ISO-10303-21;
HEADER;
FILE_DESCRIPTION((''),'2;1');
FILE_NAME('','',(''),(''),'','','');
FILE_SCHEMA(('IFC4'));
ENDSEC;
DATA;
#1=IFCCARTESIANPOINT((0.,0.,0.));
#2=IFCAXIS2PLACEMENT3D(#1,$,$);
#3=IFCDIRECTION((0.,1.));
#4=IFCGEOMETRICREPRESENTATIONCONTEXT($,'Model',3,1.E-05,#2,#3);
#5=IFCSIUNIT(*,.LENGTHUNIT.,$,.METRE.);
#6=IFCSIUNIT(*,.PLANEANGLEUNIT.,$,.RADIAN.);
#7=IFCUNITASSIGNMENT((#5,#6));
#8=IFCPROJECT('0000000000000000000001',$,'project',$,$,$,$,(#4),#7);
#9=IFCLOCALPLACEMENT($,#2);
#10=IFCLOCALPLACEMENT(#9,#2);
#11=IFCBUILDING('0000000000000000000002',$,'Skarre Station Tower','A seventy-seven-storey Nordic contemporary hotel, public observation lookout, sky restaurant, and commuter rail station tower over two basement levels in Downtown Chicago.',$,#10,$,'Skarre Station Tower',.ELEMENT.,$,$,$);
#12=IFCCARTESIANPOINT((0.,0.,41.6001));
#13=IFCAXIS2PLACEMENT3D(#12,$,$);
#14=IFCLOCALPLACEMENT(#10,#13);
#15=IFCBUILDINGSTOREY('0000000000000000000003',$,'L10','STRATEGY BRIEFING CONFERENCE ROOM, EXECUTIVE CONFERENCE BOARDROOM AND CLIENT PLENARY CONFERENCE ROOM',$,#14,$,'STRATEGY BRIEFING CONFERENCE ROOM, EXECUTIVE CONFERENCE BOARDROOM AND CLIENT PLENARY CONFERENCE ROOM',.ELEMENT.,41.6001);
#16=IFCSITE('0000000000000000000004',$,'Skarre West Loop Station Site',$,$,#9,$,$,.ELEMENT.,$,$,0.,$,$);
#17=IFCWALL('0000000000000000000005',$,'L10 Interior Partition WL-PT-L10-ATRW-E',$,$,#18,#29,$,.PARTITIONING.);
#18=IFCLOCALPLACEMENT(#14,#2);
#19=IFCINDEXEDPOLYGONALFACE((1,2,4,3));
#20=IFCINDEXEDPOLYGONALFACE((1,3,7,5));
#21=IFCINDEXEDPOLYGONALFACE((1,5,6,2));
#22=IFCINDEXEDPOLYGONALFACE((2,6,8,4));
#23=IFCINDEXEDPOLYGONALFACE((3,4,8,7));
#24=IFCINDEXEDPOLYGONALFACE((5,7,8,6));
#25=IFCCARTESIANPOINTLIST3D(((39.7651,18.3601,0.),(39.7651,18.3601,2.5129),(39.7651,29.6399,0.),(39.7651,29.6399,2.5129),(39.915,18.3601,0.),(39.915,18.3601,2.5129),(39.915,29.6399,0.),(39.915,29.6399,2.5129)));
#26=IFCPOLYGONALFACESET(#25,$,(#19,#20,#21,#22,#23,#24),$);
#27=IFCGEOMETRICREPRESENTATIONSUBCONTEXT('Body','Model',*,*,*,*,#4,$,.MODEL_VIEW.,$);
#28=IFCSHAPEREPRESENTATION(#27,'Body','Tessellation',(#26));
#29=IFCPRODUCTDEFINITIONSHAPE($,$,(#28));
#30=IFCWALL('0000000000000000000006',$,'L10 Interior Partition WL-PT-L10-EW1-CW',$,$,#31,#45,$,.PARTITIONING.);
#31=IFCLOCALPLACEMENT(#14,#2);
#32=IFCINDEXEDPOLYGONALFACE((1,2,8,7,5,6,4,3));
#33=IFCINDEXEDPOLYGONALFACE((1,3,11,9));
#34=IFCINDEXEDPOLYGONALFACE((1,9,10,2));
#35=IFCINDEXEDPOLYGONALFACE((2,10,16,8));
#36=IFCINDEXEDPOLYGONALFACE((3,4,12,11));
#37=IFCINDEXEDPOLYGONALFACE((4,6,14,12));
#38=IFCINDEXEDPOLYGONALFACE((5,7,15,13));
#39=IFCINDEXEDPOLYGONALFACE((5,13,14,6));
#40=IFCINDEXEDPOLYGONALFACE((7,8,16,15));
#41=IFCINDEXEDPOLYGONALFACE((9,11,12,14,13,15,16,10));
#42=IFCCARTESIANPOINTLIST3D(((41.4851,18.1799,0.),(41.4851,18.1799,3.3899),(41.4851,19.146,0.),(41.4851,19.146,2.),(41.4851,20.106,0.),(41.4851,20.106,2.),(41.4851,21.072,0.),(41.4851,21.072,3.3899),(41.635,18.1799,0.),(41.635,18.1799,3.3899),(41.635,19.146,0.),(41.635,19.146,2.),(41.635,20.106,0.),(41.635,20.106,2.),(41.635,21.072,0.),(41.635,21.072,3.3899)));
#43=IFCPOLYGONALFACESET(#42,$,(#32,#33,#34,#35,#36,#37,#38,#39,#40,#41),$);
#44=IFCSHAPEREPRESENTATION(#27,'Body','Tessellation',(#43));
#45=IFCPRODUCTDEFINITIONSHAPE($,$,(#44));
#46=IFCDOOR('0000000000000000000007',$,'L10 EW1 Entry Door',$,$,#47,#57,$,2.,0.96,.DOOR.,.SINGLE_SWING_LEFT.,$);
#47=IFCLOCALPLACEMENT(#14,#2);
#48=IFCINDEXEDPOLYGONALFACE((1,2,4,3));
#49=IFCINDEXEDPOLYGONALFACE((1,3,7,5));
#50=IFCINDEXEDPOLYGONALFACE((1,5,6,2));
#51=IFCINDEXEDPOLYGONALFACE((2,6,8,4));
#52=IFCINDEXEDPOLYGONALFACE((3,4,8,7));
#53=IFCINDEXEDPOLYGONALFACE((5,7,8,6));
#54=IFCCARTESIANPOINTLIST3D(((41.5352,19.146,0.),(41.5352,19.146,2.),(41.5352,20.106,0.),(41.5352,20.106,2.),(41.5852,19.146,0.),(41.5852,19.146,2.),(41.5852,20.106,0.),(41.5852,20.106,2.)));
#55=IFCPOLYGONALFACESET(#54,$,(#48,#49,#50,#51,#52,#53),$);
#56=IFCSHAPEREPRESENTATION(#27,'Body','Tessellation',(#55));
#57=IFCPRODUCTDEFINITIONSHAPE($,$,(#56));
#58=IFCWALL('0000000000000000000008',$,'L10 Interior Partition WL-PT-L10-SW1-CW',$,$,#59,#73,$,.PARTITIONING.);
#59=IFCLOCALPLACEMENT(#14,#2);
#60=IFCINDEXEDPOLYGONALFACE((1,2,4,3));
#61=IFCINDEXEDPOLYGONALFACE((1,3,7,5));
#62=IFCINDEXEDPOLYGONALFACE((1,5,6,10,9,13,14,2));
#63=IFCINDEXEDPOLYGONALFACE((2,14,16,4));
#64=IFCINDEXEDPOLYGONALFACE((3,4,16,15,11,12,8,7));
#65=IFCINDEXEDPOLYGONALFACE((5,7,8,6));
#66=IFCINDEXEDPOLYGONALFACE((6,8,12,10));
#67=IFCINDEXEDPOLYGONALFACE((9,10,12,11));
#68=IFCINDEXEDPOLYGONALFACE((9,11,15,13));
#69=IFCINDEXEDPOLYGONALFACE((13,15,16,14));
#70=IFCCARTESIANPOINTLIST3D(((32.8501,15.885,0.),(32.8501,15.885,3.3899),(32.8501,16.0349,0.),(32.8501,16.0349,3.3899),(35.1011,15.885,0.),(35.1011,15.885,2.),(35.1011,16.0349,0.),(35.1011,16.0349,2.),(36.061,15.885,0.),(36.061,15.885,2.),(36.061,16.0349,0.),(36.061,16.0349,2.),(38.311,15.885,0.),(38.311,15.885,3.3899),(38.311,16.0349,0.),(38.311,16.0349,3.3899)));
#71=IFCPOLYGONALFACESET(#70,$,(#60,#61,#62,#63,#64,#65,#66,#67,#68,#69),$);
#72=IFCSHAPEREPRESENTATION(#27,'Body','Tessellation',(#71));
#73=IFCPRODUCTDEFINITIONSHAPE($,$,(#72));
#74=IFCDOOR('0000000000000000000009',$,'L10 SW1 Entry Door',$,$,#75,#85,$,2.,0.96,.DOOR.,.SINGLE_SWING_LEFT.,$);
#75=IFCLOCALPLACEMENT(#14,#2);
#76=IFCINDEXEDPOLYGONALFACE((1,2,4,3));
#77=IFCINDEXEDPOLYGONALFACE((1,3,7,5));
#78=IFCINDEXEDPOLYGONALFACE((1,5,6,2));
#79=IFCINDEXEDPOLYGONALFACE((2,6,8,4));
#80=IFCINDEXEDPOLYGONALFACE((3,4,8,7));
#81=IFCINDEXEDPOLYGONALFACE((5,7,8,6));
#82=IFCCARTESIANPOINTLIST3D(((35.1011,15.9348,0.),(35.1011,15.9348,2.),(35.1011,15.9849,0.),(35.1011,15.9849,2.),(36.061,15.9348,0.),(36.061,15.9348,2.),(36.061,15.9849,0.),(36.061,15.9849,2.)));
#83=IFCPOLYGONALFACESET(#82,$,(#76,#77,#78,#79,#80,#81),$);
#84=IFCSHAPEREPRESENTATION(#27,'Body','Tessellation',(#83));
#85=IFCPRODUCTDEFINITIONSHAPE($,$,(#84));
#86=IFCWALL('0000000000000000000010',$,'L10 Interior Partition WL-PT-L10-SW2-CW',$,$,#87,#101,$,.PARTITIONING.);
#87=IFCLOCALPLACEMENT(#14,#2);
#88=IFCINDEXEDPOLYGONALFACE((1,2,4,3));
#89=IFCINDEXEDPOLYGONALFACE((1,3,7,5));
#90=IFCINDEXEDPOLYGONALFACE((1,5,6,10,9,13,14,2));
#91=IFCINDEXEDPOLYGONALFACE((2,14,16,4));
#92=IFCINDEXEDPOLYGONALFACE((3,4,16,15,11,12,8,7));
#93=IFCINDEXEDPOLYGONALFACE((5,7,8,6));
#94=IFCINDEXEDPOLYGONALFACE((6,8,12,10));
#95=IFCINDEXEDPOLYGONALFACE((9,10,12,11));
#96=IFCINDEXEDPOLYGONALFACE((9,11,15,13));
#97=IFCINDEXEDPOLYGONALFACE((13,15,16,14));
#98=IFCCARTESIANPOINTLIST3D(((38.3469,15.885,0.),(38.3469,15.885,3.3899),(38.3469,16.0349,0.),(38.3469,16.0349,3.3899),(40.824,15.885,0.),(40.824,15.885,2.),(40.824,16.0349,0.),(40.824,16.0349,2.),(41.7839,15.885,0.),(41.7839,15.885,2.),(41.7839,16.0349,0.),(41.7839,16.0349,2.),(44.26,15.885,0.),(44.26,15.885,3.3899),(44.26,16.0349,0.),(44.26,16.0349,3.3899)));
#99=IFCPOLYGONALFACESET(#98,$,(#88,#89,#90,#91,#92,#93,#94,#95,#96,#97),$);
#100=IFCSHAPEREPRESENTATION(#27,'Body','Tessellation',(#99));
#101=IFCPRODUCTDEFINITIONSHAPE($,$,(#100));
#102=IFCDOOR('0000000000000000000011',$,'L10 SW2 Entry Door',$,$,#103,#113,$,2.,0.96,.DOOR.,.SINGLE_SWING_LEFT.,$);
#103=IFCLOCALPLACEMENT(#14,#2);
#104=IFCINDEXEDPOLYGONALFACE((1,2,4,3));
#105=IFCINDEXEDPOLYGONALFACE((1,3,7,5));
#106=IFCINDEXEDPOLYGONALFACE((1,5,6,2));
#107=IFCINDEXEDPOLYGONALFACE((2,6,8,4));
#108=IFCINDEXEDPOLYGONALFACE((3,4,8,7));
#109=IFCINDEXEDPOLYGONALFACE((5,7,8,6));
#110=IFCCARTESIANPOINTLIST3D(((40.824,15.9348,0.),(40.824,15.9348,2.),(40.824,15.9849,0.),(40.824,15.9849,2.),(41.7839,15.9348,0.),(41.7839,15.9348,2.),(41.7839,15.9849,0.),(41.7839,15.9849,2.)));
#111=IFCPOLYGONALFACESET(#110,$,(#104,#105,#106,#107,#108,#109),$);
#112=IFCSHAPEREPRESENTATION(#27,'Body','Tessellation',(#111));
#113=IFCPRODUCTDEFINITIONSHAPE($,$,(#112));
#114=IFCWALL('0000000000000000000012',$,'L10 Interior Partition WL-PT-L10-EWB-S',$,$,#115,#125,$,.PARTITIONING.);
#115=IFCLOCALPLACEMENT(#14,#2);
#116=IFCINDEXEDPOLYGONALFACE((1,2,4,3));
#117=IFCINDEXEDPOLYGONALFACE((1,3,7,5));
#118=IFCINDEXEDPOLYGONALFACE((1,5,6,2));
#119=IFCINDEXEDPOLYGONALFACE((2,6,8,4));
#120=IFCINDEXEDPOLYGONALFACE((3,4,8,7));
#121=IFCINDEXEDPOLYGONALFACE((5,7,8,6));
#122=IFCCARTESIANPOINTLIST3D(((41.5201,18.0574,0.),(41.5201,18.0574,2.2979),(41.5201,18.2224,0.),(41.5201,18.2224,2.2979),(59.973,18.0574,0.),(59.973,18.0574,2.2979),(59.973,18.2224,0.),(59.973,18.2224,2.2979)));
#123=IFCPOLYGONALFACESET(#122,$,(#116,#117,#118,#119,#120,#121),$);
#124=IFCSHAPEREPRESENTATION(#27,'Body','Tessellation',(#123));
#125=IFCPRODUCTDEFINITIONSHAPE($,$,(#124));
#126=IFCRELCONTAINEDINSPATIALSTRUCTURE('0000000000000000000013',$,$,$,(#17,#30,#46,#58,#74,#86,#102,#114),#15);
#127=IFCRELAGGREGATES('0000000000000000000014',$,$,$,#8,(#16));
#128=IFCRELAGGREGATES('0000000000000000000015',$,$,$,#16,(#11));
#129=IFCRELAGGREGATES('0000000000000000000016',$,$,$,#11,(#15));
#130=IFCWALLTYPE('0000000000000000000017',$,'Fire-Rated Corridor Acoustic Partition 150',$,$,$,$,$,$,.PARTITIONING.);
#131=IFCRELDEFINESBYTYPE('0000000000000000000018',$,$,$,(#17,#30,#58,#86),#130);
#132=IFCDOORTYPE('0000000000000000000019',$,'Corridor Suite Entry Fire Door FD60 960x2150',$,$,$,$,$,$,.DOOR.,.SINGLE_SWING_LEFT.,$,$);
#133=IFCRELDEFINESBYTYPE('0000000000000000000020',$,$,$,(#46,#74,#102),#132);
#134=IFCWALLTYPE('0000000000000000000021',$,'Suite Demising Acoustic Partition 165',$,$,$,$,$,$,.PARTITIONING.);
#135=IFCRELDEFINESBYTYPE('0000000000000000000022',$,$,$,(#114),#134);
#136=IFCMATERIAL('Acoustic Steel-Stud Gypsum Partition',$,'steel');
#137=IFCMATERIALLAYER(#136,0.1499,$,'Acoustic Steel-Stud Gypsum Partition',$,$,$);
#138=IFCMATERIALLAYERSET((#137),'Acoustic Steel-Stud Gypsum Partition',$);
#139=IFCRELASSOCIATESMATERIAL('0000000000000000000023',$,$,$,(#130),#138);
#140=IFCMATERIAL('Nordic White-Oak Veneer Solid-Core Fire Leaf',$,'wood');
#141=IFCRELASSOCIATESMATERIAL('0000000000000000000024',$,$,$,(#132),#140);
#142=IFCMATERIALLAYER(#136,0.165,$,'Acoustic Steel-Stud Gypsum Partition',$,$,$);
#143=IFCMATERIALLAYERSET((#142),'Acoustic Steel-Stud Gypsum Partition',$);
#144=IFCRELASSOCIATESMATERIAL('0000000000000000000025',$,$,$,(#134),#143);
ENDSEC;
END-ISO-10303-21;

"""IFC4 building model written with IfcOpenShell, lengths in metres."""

from ifc_helpers import new_model, si_unit, direction, frame, frame_2d, origin, place, context, subcontext, project, spatial, rectangle, extrude, material, layer, layer_set, type_object, element, fill, save


model = new_model("IFC4")

# Units and contexts
model_context = context("Model", 3, precision=1e-05, world=origin(), true_north=direction((0.0, 1.0)))
body_context = subcontext(model_context, "Body", "Model", "MODEL_VIEW")
ifc_project = project(units=[si_unit("LENGTHUNIT", "METRE"), si_unit("PLANEANGLEUNIT", "RADIAN")], contexts=[model_context])

# Site, building, storey
site_placement = place(None, origin())
site = spatial("IfcSite", under=ifc_project, at=site_placement, Name="Skarre West Loop Station Site", CompositionType="ELEMENT", RefElevation=0.0)
building_placement = place(site_placement, origin())
building = spatial("IfcBuilding", under=site, at=building_placement, Name="Skarre Station Tower", Description="A seventy-seven-storey Nordic contemporary hotel, public observation lookout, sky restaurant, and commuter rail station tower over two basement levels in Downtown Chicago.", LongName="Skarre Station Tower", CompositionType="ELEMENT")
storey_placement = place(building_placement, frame((0.0, 0.0, 41.6001)))
storey = spatial("IfcBuildingStorey", under=building, at=storey_placement, Name="L10", Description="STRATEGY BRIEFING CONFERENCE ROOM, EXECUTIVE CONFERENCE BOARDROOM AND CLIENT PLENARY CONFERENCE ROOM", LongName="STRATEGY BRIEFING CONFERENCE ROOM, EXECUTIVE CONFERENCE BOARDROOM AND CLIENT PLENARY CONFERENCE ROOM", CompositionType="ELEMENT", Elevation=41.6001)

# Wall
ifc_material_1 = material(Name="Acoustic Steel-Stud Gypsum Partition", Category="steel")
ifc_layer_1 = layer(ifc_material_1, 0.1499, Name="Acoustic Steel-Stud Gypsum Partition")
ifc_layer_set_1 = layer_set([ifc_layer_1], Name="Acoustic Steel-Stud Gypsum Partition")
wall_type_1 = type_object("IfcWallType", Name="Fire-Rated Corridor Acoustic Partition 150", PredefinedType="PARTITIONING", material=ifc_layer_set_1)
wall_1_placement = place(storey_placement, frame((39.8401, 18.3601, 0.0), z_axis=(0.0, 0.0, 1.0), x_axis=(0.0, 1.0, 0.0)))
element("IfcWall", 1, at=wall_1_placement, inside=storey, type_object=wall_type_1, Name="L10 Interior Partition WL-PT-L10-ATRW-E", PredefinedType="PARTITIONING", context=body_context, shape_type="SweptSolid", body=[
    extrude(rectangle(XDim=11.2798, YDim=0.1499, at=frame_2d((5.6399, 0.0))), origin(), (0.0, 0.0, 1.0), 2.5129),
])

# Walls, openings, doors
wall_2_placement = place(storey_placement, frame((41.5601, 18.1799, 0.0), z_axis=(0.0, 0.0, 1.0), x_axis=(0.0, 1.0, 0.0)))
wall_2 = element("IfcWall", 2, at=wall_2_placement, inside=storey, type_object=wall_type_1, Name="L10 Interior Partition WL-PT-L10-EW1-CW", PredefinedType="PARTITIONING", context=body_context, shape_type="SweptSolid", body=[
    extrude(rectangle(XDim=2.8921, YDim=0.1499, at=frame_2d((1.446, 0.0))), origin(), (0.0, 0.0, 1.0), 3.3899),
])
opening_1_placement = place(wall_2_placement, frame((0.9661, 0.0, 0.0)))
opening_1 = element("IfcOpeningElement", 3, at=opening_1_placement, cuts=wall_2, PredefinedType="OPENING", context=body_context, shape_type="SweptSolid", body=[
    extrude(rectangle(XDim=0.96, YDim=2.0, at=frame_2d((0.48, 1.0))), frame((0.0, 0.085, 0.0), z_axis=(0.0, -1.0, 0.0), x_axis=(1.0, 0.0, 0.0)), (0.0, 0.0, 1.0), 0.1699),
])
ifc_material_2 = material(Name="Nordic White-Oak Veneer Solid-Core Fire Leaf", Category="wood")
door_type = type_object("IfcDoorType", Name="Corridor Suite Entry Fire Door FD60 960x2150", OperationType="SINGLE_SWING_LEFT", PredefinedType="DOOR", material=ifc_material_2)
door_1_placement = place(opening_1_placement, origin())
door_1 = element("IfcDoor", 4, at=door_1_placement, inside=storey, type_object=door_type, Name="L10 EW1 Entry Door", OperationType="SINGLE_SWING_LEFT", OverallHeight=2.0, OverallWidth=0.96, PredefinedType="DOOR", context=body_context, shape_type="SweptSolid", body=[
    extrude(rectangle(XDim=0.96, YDim=2.0, at=frame_2d((0.48, 1.0))), frame((0.0, 0.0249, 0.0), z_axis=(0.0, -1.0, 0.0), x_axis=(1.0, 0.0, 0.0)), (0.0, 0.0, 1.0), 0.05),
])
fill(opening_1, door_1)
wall_3_placement = place(storey_placement, frame((32.8501, 15.96, 0.0), z_axis=(0.0, 0.0, 1.0), x_axis=(1.0, 0.0, 0.0)))
wall_3 = element("IfcWall", 5, at=wall_3_placement, inside=storey, type_object=wall_type_1, Name="L10 Interior Partition WL-PT-L10-SW1-CW", PredefinedType="PARTITIONING", context=body_context, shape_type="SweptSolid", body=[
    extrude(rectangle(XDim=5.4609, YDim=0.1499, at=frame_2d((2.7305, 0.0))), origin(), (0.0, 0.0, 1.0), 3.3899),
])
opening_2_placement = place(wall_3_placement, frame((2.251, 0.0, 0.0)))
opening_2 = element("IfcOpeningElement", 6, at=opening_2_placement, cuts=wall_3, PredefinedType="OPENING", context=body_context, shape_type="SweptSolid", body=[
    extrude(rectangle(XDim=0.96, YDim=2.0, at=frame_2d((0.48, 1.0))), frame((0.0, 0.085, 0.0), z_axis=(0.0, -1.0, 0.0), x_axis=(1.0, 0.0, 0.0)), (0.0, 0.0, 1.0), 0.1699),
])
door_2_placement = place(opening_2_placement, origin())
door_2 = element("IfcDoor", 7, at=door_2_placement, inside=storey, type_object=door_type, Name="L10 SW1 Entry Door", OperationType="SINGLE_SWING_LEFT", OverallHeight=2.0, OverallWidth=0.96, PredefinedType="DOOR", context=body_context, shape_type="SweptSolid", body=[
    extrude(rectangle(XDim=0.96, YDim=2.0, at=frame_2d((0.48, 1.0))), frame((0.0, 0.0249, 0.0), z_axis=(0.0, -1.0, 0.0), x_axis=(1.0, 0.0, 0.0)), (0.0, 0.0, 1.0), 0.05),
])
fill(opening_2, door_2)
wall_4_placement = place(storey_placement, frame((38.3469, 15.96, 0.0), z_axis=(0.0, 0.0, 1.0), x_axis=(1.0, 0.0, 0.0)))
wall_4 = element("IfcWall", 8, at=wall_4_placement, inside=storey, type_object=wall_type_1, Name="L10 Interior Partition WL-PT-L10-SW2-CW", PredefinedType="PARTITIONING", context=body_context, shape_type="SweptSolid", body=[
    extrude(rectangle(XDim=5.9131, YDim=0.1499, at=frame_2d((2.9565, 0.0))), origin(), (0.0, 0.0, 1.0), 3.3899),
])
opening_3_placement = place(wall_4_placement, frame((2.4771, 0.0, 0.0)))
opening_3 = element("IfcOpeningElement", 9, at=opening_3_placement, cuts=wall_4, PredefinedType="OPENING", context=body_context, shape_type="SweptSolid", body=[
    extrude(rectangle(XDim=0.96, YDim=2.0, at=frame_2d((0.48, 1.0))), frame((0.0, 0.085, 0.0), z_axis=(0.0, -1.0, 0.0), x_axis=(1.0, 0.0, 0.0)), (0.0, 0.0, 1.0), 0.1699),
])
door_3_placement = place(opening_3_placement, origin())
door_3 = element("IfcDoor", 10, at=door_3_placement, inside=storey, type_object=door_type, Name="L10 SW2 Entry Door", OperationType="SINGLE_SWING_LEFT", OverallHeight=2.0, OverallWidth=0.96, PredefinedType="DOOR", context=body_context, shape_type="SweptSolid", body=[
    extrude(rectangle(XDim=0.96, YDim=2.0, at=frame_2d((0.48, 1.0))), frame((0.0, 0.0249, 0.0), z_axis=(0.0, -1.0, 0.0), x_axis=(1.0, 0.0, 0.0)), (0.0, 0.0, 1.0), 0.05),
])
fill(opening_3, door_3)

# Wall
ifc_layer_2 = layer(ifc_material_1, 0.165, Name="Acoustic Steel-Stud Gypsum Partition")
ifc_layer_set_2 = layer_set([ifc_layer_2], Name="Acoustic Steel-Stud Gypsum Partition")
wall_type_2 = type_object("IfcWallType", Name="Suite Demising Acoustic Partition 165", PredefinedType="PARTITIONING", material=ifc_layer_set_2)
wall_5_placement = place(storey_placement, frame((41.52, 18.1399, 0.0), z_axis=(0.0, 0.0, 1.0), x_axis=(1.0, 0.0, 0.0)))
element("IfcWall", 11, at=wall_5_placement, inside=storey, type_object=wall_type_2, Name="L10 Interior Partition WL-PT-L10-EWB-S", PredefinedType="PARTITIONING", context=body_context, shape_type="SweptSolid", body=[
    extrude(rectangle(XDim=18.4529, YDim=0.165, at=frame_2d((9.2266, 0.0))), origin(), (0.0, 0.0, 1.0), 2.2979),
])

save(model, "model.ifc")
